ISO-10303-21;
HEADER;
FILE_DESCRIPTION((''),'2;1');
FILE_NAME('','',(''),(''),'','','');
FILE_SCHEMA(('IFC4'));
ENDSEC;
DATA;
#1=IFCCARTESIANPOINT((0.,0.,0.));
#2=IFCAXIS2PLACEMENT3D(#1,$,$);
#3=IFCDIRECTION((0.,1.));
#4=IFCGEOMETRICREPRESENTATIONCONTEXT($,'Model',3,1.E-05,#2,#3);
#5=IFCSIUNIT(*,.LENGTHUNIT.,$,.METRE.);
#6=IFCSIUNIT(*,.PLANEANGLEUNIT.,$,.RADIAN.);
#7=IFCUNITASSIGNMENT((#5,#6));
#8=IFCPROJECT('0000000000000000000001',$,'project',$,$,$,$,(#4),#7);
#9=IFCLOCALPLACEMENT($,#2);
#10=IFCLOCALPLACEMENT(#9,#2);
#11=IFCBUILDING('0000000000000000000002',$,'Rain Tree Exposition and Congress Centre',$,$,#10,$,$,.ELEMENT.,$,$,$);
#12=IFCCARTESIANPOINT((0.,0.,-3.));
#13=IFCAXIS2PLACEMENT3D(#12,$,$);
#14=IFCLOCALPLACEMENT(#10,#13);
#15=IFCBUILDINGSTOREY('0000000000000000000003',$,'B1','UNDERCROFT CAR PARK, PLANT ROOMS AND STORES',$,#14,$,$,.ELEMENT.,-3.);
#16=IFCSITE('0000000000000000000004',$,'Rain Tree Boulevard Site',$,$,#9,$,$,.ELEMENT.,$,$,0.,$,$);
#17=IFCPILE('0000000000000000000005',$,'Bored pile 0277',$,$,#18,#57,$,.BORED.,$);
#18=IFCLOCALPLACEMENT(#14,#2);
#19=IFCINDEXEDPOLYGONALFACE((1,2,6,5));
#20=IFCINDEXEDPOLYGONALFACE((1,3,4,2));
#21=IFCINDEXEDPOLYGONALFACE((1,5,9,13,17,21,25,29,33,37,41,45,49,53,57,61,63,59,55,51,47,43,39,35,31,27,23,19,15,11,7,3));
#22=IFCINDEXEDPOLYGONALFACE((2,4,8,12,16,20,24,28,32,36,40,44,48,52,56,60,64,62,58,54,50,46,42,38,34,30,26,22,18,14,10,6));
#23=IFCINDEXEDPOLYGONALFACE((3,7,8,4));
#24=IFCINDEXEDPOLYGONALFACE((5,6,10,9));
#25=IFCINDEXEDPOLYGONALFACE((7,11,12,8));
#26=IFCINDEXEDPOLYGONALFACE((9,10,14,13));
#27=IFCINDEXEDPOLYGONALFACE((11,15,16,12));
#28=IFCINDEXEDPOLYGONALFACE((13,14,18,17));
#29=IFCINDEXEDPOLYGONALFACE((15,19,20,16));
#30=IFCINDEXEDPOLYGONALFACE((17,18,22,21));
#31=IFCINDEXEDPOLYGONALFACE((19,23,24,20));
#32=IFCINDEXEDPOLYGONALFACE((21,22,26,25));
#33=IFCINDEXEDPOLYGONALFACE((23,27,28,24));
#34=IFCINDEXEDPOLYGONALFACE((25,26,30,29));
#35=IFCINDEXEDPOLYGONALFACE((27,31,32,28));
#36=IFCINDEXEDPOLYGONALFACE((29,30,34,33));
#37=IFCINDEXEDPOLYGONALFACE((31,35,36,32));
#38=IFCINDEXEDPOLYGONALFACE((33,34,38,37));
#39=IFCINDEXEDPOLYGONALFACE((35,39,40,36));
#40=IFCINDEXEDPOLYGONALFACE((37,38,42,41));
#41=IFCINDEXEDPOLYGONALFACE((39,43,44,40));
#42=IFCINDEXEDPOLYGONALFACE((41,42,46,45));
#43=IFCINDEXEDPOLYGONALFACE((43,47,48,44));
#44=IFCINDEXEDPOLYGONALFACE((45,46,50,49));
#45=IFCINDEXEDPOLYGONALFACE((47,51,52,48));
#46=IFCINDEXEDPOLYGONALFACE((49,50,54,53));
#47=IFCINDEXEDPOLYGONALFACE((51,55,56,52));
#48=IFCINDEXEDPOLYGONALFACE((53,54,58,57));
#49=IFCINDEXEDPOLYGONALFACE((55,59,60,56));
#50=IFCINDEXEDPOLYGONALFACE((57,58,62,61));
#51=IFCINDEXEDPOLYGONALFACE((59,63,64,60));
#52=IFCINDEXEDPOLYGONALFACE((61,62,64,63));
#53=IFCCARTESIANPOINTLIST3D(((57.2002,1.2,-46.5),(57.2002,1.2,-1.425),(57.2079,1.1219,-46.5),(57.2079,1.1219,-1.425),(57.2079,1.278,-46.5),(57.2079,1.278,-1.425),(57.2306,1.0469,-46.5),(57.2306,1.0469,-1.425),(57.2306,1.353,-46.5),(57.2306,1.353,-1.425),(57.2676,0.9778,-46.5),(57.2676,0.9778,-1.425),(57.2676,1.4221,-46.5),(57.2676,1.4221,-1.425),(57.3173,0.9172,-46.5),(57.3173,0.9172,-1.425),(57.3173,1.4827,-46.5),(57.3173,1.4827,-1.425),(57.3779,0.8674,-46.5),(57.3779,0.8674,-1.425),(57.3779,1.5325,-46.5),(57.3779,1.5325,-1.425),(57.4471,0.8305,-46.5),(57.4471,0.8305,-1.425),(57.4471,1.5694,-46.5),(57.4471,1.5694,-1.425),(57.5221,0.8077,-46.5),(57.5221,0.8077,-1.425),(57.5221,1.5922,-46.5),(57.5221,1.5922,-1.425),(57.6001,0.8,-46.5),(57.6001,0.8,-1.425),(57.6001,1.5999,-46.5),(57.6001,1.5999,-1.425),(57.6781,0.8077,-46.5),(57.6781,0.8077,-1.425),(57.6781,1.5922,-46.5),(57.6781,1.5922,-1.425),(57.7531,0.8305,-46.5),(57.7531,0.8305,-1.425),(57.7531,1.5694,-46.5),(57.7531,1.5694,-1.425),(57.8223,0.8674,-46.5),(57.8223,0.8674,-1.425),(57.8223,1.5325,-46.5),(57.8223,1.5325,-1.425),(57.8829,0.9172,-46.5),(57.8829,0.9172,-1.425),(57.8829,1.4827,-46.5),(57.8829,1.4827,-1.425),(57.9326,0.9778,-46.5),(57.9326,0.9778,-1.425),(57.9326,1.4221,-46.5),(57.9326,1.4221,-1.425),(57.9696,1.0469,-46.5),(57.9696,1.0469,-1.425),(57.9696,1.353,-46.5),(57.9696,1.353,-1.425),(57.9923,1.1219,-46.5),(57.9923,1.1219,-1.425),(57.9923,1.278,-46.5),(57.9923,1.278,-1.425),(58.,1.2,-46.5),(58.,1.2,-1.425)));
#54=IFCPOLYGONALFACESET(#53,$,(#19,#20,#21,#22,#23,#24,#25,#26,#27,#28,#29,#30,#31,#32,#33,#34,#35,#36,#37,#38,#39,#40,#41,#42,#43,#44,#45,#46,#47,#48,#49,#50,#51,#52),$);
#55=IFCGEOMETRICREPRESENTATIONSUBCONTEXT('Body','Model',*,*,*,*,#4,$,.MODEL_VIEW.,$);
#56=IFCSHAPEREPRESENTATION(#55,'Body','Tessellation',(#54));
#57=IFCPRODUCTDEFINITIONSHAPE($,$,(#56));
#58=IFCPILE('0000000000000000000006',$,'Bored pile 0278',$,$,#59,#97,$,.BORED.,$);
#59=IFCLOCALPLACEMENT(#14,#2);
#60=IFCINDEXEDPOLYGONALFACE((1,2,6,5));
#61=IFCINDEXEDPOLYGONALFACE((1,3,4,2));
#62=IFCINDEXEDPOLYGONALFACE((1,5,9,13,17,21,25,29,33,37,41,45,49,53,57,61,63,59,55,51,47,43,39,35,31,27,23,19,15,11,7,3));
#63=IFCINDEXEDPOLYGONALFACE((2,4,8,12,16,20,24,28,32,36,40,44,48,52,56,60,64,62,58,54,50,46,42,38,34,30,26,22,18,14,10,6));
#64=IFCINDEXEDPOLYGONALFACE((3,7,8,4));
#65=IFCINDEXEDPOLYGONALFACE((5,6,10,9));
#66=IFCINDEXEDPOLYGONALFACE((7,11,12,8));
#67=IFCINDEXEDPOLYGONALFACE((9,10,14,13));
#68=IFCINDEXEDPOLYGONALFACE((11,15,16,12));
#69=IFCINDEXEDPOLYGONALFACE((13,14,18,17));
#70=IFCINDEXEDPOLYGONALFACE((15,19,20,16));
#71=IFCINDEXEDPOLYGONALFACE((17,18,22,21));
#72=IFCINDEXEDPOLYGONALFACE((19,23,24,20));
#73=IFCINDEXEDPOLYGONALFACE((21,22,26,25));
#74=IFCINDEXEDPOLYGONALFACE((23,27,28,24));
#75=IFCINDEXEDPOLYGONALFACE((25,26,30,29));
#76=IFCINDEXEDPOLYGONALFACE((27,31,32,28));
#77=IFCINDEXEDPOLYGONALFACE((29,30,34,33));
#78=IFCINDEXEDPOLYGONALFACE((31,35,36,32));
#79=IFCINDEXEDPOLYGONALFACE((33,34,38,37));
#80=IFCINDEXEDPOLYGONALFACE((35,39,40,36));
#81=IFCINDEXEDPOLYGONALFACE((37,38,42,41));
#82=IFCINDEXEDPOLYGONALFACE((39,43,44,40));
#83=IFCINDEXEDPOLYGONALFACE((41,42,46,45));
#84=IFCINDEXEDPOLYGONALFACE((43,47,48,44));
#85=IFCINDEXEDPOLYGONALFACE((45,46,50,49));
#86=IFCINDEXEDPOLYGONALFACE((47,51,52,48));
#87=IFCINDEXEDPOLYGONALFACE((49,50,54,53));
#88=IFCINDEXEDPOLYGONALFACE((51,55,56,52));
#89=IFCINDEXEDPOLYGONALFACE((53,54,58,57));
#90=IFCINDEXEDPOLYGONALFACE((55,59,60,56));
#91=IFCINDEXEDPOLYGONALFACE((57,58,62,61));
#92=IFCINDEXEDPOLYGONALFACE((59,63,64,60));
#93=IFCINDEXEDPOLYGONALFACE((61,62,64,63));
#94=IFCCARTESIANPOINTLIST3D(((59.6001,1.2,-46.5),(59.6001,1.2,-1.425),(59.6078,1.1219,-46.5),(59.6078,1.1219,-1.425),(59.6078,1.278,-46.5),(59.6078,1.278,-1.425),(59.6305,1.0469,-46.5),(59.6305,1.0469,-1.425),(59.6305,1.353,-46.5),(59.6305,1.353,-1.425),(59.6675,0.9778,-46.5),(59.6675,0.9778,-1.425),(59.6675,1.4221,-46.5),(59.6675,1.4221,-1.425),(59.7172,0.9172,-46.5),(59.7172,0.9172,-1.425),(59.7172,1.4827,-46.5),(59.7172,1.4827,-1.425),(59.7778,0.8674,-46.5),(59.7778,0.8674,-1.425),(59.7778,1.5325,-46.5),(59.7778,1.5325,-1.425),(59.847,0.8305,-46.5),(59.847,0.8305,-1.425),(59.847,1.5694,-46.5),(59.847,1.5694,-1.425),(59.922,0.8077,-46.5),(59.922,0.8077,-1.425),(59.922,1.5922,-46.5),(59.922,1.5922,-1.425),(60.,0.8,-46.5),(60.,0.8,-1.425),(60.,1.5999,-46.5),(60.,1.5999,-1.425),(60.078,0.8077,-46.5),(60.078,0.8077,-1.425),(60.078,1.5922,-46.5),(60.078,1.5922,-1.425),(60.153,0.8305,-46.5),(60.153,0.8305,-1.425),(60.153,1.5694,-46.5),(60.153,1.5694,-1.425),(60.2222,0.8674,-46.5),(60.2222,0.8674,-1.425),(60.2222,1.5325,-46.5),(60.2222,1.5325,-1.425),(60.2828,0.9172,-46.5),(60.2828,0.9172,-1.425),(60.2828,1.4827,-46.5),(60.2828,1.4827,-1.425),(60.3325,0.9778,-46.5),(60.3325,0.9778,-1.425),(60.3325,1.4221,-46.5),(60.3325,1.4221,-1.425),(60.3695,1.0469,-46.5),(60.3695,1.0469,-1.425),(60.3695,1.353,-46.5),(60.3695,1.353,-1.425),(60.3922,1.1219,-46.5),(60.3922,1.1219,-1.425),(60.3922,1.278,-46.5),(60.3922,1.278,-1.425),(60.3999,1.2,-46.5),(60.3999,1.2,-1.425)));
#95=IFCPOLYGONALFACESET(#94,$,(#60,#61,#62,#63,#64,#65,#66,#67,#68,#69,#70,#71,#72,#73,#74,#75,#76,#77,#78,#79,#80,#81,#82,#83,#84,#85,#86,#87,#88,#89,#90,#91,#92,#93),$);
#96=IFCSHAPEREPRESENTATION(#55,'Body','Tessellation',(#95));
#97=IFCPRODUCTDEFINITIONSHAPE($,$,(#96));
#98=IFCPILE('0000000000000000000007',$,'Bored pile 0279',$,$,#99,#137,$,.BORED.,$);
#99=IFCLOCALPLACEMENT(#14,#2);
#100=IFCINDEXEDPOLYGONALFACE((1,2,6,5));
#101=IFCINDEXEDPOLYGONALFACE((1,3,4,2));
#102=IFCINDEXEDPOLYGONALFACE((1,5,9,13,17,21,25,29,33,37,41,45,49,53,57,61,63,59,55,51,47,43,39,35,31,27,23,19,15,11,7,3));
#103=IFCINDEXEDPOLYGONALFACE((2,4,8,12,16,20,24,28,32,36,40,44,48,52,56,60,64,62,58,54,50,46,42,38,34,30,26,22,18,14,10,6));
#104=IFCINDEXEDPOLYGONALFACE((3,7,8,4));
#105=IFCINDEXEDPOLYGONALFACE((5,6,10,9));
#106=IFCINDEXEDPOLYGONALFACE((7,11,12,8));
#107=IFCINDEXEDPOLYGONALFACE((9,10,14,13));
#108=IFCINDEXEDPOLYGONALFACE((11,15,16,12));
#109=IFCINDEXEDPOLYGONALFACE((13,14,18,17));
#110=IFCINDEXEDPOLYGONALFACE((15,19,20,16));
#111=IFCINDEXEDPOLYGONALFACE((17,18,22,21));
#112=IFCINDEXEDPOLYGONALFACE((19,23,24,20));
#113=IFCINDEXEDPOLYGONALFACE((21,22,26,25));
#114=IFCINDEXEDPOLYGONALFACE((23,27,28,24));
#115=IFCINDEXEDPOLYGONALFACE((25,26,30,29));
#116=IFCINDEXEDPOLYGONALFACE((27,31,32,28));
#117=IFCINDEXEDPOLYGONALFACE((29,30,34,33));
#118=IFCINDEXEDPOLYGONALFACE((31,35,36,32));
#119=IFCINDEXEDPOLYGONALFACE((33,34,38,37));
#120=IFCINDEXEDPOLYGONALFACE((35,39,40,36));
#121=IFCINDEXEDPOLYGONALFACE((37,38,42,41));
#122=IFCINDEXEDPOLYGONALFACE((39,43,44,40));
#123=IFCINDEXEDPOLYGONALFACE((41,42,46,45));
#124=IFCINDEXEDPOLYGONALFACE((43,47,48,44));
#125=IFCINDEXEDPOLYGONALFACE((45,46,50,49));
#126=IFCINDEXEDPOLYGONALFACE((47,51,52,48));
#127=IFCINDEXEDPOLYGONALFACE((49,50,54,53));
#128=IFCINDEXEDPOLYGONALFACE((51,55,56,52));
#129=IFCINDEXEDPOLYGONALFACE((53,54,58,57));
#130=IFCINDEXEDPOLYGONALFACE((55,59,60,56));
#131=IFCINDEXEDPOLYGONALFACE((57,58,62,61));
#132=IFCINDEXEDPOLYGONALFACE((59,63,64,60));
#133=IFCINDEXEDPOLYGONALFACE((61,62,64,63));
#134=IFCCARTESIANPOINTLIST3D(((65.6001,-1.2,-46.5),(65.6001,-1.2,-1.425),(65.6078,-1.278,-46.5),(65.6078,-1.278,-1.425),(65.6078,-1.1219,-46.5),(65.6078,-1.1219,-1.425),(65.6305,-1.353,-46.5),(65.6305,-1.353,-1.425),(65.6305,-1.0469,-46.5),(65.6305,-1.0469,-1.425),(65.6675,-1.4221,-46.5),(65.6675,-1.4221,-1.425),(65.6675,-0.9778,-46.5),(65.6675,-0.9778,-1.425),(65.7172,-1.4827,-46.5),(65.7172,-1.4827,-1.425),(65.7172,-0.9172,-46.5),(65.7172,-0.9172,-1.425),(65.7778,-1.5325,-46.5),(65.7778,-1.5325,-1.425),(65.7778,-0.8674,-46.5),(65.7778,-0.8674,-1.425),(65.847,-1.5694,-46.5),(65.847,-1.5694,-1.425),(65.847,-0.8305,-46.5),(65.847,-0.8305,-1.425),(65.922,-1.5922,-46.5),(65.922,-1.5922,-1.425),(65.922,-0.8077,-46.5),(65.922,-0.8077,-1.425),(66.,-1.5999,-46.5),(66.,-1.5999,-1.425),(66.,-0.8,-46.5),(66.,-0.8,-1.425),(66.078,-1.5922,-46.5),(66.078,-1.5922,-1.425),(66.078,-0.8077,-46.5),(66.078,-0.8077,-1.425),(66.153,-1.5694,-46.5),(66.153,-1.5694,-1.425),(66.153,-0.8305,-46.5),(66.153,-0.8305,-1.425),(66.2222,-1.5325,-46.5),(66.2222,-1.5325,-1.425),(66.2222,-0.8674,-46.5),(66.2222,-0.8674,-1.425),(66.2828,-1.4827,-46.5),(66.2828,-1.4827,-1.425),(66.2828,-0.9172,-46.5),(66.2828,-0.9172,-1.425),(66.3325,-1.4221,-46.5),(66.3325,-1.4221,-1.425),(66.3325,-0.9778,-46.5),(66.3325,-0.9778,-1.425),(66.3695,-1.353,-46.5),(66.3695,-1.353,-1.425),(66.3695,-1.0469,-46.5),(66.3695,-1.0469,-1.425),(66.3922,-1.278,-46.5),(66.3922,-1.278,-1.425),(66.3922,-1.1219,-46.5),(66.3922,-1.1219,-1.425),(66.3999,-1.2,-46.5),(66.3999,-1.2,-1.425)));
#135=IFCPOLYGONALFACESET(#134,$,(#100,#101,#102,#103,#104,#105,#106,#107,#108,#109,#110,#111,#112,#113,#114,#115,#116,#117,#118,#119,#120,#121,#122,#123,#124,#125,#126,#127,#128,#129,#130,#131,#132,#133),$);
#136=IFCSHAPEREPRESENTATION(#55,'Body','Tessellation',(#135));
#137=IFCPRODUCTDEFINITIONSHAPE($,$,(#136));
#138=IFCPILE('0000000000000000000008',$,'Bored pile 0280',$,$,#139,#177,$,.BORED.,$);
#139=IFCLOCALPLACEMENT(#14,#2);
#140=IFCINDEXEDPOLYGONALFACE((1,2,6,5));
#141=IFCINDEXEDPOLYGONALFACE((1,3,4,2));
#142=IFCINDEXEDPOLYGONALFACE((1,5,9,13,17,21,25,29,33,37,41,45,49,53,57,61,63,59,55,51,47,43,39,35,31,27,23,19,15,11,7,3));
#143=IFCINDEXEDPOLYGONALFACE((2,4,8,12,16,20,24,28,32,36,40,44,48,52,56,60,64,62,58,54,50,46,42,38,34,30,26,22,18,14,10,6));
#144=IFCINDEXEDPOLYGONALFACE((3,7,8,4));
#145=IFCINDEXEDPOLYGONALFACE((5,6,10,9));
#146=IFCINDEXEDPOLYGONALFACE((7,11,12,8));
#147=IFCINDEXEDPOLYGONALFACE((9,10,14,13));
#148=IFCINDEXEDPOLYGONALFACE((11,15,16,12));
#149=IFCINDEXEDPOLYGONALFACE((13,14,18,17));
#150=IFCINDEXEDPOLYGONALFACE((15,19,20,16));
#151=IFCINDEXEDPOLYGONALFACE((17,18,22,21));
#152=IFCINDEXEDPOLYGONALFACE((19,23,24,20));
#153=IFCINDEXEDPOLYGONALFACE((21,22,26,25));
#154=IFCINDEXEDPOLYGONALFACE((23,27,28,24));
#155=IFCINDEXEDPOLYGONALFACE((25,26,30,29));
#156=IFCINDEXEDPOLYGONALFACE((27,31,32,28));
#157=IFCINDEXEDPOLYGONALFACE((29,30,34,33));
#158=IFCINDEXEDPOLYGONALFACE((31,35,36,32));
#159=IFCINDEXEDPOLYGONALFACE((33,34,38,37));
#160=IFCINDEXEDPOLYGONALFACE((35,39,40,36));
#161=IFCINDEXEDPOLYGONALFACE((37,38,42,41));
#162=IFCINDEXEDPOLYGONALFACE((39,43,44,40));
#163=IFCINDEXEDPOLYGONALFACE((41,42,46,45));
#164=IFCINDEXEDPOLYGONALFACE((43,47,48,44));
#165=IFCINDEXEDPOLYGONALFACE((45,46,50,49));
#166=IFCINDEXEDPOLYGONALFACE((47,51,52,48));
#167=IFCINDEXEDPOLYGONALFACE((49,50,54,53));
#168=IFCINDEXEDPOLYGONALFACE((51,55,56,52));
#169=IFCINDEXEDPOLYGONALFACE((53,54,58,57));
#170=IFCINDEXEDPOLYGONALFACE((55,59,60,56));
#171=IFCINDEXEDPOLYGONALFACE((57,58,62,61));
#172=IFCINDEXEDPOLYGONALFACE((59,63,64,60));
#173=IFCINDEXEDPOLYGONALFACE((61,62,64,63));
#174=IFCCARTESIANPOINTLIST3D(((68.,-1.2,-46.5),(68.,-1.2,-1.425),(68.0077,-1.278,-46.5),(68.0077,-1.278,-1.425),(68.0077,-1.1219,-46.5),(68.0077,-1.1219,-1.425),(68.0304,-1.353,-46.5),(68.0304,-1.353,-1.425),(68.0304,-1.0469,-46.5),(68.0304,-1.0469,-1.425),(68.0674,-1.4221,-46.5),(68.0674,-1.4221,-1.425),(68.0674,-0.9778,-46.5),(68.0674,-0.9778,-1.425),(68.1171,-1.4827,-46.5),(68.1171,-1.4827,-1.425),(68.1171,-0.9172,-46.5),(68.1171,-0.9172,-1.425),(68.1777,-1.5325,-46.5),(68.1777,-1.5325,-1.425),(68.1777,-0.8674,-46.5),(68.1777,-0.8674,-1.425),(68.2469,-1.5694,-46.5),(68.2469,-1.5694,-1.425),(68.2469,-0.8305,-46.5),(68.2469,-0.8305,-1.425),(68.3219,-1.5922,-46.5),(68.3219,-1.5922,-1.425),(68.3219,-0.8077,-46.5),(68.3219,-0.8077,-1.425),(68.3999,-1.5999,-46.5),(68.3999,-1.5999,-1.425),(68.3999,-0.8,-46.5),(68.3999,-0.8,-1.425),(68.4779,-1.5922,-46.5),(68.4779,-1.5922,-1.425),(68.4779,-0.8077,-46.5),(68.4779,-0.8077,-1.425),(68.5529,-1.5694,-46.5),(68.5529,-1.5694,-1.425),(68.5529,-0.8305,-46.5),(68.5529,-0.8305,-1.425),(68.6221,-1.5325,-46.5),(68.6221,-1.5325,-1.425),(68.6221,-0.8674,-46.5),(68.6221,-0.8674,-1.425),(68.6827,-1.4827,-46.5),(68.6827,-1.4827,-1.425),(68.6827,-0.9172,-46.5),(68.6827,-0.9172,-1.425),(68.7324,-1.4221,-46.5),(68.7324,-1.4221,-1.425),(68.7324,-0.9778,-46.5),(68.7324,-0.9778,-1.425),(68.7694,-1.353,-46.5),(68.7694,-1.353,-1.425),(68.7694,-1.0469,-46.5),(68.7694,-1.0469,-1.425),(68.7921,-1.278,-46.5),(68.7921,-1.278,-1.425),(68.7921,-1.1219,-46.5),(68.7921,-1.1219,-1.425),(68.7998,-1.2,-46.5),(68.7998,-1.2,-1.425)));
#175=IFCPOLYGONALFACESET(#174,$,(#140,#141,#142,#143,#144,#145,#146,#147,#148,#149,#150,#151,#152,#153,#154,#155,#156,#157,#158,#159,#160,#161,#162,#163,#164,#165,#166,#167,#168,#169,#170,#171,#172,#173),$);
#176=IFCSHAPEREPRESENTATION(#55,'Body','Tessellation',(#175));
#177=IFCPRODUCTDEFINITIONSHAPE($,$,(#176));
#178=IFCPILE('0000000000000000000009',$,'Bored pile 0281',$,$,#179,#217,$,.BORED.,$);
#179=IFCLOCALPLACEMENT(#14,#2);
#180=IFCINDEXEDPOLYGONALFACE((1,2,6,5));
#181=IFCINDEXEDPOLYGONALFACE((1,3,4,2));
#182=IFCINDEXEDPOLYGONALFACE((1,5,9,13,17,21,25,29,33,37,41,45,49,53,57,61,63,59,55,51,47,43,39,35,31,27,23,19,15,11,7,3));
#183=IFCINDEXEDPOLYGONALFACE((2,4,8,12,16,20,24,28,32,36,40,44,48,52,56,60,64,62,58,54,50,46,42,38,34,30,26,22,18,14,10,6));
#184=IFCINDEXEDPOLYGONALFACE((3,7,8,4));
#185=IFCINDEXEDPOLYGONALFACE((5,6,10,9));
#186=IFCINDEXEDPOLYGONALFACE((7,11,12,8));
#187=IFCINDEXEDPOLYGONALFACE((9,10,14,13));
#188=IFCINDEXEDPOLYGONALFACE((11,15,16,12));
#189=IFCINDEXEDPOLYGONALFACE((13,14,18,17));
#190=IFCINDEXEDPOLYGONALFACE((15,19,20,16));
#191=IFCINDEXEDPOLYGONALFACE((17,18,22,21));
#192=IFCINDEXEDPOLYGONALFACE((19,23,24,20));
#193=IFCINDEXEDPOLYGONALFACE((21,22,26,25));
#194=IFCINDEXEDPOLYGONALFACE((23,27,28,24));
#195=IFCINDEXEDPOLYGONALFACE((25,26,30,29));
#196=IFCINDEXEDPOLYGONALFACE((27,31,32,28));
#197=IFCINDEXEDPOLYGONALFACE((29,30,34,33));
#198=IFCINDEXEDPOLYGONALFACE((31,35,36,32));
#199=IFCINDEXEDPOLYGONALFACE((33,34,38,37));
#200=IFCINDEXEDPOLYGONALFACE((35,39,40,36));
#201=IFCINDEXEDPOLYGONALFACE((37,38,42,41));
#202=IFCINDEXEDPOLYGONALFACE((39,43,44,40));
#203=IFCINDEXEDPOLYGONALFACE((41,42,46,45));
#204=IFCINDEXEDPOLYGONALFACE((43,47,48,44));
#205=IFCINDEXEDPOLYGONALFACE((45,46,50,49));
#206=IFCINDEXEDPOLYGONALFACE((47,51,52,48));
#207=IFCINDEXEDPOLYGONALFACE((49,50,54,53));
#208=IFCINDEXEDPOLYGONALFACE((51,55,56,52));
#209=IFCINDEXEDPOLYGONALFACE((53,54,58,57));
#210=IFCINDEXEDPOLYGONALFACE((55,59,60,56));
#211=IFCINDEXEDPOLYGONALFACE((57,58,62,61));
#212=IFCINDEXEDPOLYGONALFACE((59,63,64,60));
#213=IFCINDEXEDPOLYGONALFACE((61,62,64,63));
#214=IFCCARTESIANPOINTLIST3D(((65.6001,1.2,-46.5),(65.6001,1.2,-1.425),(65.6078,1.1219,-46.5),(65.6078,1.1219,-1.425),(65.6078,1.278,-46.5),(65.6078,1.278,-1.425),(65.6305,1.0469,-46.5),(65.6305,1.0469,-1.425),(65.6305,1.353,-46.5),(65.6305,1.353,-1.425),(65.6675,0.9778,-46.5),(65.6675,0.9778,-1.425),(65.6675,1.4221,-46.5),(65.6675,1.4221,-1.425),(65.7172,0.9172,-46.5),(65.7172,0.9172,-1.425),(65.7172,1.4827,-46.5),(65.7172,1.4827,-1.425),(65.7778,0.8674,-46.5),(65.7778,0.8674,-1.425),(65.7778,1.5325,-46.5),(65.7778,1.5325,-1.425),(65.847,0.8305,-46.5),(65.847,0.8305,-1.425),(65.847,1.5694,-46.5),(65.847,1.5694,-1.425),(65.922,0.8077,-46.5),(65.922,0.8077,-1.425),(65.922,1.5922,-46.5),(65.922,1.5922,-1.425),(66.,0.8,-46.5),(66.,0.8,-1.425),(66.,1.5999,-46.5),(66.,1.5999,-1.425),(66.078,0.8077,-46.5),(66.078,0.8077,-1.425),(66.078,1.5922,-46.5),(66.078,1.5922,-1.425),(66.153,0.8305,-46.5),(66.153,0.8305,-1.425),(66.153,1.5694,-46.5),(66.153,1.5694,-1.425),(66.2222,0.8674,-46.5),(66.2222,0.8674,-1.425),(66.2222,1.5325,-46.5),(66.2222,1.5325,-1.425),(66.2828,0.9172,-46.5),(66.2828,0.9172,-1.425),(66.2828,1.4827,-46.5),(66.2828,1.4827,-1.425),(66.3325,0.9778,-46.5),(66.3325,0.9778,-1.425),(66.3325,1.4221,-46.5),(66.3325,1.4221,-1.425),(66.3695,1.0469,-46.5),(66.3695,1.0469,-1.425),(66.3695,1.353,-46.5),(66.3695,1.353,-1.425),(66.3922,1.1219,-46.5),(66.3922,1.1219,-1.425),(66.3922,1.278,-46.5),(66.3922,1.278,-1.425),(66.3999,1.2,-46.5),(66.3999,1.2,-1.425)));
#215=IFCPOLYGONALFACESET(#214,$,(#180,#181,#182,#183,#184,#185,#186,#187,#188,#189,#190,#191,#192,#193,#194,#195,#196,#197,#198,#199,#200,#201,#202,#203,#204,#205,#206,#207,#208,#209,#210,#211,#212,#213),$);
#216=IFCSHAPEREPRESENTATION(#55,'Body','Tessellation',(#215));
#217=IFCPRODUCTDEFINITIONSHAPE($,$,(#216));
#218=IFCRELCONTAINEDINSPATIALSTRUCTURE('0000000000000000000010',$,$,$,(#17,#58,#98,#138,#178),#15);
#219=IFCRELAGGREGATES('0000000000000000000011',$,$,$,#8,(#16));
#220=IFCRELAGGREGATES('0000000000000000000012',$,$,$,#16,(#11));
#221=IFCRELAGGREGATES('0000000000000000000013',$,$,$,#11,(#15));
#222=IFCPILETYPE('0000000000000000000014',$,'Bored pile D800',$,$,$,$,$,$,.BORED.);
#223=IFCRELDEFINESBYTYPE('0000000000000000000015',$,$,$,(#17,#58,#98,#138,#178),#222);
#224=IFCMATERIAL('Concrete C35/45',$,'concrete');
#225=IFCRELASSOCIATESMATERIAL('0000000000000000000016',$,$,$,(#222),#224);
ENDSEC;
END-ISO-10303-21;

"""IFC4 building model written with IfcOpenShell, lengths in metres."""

from ifc_helpers import new_model, si_unit, direction, frame, origin, origin_2d, place, context, subcontext, project, spatial, circle, extrude, material, material_profile, profile_set, type_object, element, save


model = new_model("IFC4")

# Units and contexts
model_context = context("Model", 3, precision=1e-05, world=origin(), true_north=direction((0.0, 1.0)))
body_context = subcontext(model_context, "Body", "Model", "MODEL_VIEW")
ifc_project = project(units=[si_unit("LENGTHUNIT", "METRE"), si_unit("PLANEANGLEUNIT", "RADIAN")], contexts=[model_context])

# Site, building, storey
site_placement = place(None, origin())
site = spatial("IfcSite", under=ifc_project, at=site_placement, Name="Rain Tree Boulevard Site", CompositionType="ELEMENT", RefElevation=0.0)
building_placement = place(site_placement, origin())
building = spatial("IfcBuilding", under=site, at=building_placement, Name="Rain Tree Exposition and Congress Centre", CompositionType="ELEMENT")
storey_placement = place(building_placement, frame((0.0, 0.0, -3.0)))
storey = spatial("IfcBuildingStorey", under=building, at=storey_placement, Name="B1", Description="UNDERCROFT CAR PARK, PLANT ROOMS AND STORES", CompositionType="ELEMENT", Elevation=-3.0)

# Piles
ifc_material_1 = material(Name="Concrete C35/45", Category="concrete")
ifc_material_profile_1 = material_profile(ifc_material_1, circle(Radius=0.3999, at=origin_2d()), Name="D800")
ifc_profile_set_1 = profile_set([ifc_material_profile_1], Name="Concrete C35/45")
pile_type_1 = type_object("IfcPileType", Name="Bored pile D800", PredefinedType="BORED", material=ifc_profile_set_1)
for number, where, z_axis, x_axis, name in (
    (1, (57.6001, 1.2, -1.425), (0.0, 0.0, -1.0), (1.0, 0.0, 0.0), "Bored pile 0277"),
    (2, (60.0, 1.2, -1.425), (0.0, 0.0, -1.0), (1.0, 0.0, 0.0), "Bored pile 0278"),
    (3, (66.0, -1.2, -1.425), (0.0, 0.0, -1.0), (1.0, 0.0, 0.0), "Bored pile 0279"),
    (4, (68.3999, -1.2, -1.425), (0.0, 0.0, -1.0), (1.0, 0.0, 0.0), "Bored pile 0280"),
    (5, (66.0, 1.2, -1.425), (0.0, 0.0, -1.0), (1.0, 0.0, 0.0), "Bored pile 0281"),
):
    element("IfcPile", number, at=place(storey_placement, frame(where, z_axis=z_axis, x_axis=x_axis)), inside=storey, type_object=pile_type_1, Name=name, PredefinedType="BORED", context=body_context, shape_type="SweptSolid", body=[
        extrude(circle(Radius=0.3999, at=origin_2d()), origin(), (0.0, 0.0, 1.0), 45.075),
    ])

save(model, "model.ifc")
